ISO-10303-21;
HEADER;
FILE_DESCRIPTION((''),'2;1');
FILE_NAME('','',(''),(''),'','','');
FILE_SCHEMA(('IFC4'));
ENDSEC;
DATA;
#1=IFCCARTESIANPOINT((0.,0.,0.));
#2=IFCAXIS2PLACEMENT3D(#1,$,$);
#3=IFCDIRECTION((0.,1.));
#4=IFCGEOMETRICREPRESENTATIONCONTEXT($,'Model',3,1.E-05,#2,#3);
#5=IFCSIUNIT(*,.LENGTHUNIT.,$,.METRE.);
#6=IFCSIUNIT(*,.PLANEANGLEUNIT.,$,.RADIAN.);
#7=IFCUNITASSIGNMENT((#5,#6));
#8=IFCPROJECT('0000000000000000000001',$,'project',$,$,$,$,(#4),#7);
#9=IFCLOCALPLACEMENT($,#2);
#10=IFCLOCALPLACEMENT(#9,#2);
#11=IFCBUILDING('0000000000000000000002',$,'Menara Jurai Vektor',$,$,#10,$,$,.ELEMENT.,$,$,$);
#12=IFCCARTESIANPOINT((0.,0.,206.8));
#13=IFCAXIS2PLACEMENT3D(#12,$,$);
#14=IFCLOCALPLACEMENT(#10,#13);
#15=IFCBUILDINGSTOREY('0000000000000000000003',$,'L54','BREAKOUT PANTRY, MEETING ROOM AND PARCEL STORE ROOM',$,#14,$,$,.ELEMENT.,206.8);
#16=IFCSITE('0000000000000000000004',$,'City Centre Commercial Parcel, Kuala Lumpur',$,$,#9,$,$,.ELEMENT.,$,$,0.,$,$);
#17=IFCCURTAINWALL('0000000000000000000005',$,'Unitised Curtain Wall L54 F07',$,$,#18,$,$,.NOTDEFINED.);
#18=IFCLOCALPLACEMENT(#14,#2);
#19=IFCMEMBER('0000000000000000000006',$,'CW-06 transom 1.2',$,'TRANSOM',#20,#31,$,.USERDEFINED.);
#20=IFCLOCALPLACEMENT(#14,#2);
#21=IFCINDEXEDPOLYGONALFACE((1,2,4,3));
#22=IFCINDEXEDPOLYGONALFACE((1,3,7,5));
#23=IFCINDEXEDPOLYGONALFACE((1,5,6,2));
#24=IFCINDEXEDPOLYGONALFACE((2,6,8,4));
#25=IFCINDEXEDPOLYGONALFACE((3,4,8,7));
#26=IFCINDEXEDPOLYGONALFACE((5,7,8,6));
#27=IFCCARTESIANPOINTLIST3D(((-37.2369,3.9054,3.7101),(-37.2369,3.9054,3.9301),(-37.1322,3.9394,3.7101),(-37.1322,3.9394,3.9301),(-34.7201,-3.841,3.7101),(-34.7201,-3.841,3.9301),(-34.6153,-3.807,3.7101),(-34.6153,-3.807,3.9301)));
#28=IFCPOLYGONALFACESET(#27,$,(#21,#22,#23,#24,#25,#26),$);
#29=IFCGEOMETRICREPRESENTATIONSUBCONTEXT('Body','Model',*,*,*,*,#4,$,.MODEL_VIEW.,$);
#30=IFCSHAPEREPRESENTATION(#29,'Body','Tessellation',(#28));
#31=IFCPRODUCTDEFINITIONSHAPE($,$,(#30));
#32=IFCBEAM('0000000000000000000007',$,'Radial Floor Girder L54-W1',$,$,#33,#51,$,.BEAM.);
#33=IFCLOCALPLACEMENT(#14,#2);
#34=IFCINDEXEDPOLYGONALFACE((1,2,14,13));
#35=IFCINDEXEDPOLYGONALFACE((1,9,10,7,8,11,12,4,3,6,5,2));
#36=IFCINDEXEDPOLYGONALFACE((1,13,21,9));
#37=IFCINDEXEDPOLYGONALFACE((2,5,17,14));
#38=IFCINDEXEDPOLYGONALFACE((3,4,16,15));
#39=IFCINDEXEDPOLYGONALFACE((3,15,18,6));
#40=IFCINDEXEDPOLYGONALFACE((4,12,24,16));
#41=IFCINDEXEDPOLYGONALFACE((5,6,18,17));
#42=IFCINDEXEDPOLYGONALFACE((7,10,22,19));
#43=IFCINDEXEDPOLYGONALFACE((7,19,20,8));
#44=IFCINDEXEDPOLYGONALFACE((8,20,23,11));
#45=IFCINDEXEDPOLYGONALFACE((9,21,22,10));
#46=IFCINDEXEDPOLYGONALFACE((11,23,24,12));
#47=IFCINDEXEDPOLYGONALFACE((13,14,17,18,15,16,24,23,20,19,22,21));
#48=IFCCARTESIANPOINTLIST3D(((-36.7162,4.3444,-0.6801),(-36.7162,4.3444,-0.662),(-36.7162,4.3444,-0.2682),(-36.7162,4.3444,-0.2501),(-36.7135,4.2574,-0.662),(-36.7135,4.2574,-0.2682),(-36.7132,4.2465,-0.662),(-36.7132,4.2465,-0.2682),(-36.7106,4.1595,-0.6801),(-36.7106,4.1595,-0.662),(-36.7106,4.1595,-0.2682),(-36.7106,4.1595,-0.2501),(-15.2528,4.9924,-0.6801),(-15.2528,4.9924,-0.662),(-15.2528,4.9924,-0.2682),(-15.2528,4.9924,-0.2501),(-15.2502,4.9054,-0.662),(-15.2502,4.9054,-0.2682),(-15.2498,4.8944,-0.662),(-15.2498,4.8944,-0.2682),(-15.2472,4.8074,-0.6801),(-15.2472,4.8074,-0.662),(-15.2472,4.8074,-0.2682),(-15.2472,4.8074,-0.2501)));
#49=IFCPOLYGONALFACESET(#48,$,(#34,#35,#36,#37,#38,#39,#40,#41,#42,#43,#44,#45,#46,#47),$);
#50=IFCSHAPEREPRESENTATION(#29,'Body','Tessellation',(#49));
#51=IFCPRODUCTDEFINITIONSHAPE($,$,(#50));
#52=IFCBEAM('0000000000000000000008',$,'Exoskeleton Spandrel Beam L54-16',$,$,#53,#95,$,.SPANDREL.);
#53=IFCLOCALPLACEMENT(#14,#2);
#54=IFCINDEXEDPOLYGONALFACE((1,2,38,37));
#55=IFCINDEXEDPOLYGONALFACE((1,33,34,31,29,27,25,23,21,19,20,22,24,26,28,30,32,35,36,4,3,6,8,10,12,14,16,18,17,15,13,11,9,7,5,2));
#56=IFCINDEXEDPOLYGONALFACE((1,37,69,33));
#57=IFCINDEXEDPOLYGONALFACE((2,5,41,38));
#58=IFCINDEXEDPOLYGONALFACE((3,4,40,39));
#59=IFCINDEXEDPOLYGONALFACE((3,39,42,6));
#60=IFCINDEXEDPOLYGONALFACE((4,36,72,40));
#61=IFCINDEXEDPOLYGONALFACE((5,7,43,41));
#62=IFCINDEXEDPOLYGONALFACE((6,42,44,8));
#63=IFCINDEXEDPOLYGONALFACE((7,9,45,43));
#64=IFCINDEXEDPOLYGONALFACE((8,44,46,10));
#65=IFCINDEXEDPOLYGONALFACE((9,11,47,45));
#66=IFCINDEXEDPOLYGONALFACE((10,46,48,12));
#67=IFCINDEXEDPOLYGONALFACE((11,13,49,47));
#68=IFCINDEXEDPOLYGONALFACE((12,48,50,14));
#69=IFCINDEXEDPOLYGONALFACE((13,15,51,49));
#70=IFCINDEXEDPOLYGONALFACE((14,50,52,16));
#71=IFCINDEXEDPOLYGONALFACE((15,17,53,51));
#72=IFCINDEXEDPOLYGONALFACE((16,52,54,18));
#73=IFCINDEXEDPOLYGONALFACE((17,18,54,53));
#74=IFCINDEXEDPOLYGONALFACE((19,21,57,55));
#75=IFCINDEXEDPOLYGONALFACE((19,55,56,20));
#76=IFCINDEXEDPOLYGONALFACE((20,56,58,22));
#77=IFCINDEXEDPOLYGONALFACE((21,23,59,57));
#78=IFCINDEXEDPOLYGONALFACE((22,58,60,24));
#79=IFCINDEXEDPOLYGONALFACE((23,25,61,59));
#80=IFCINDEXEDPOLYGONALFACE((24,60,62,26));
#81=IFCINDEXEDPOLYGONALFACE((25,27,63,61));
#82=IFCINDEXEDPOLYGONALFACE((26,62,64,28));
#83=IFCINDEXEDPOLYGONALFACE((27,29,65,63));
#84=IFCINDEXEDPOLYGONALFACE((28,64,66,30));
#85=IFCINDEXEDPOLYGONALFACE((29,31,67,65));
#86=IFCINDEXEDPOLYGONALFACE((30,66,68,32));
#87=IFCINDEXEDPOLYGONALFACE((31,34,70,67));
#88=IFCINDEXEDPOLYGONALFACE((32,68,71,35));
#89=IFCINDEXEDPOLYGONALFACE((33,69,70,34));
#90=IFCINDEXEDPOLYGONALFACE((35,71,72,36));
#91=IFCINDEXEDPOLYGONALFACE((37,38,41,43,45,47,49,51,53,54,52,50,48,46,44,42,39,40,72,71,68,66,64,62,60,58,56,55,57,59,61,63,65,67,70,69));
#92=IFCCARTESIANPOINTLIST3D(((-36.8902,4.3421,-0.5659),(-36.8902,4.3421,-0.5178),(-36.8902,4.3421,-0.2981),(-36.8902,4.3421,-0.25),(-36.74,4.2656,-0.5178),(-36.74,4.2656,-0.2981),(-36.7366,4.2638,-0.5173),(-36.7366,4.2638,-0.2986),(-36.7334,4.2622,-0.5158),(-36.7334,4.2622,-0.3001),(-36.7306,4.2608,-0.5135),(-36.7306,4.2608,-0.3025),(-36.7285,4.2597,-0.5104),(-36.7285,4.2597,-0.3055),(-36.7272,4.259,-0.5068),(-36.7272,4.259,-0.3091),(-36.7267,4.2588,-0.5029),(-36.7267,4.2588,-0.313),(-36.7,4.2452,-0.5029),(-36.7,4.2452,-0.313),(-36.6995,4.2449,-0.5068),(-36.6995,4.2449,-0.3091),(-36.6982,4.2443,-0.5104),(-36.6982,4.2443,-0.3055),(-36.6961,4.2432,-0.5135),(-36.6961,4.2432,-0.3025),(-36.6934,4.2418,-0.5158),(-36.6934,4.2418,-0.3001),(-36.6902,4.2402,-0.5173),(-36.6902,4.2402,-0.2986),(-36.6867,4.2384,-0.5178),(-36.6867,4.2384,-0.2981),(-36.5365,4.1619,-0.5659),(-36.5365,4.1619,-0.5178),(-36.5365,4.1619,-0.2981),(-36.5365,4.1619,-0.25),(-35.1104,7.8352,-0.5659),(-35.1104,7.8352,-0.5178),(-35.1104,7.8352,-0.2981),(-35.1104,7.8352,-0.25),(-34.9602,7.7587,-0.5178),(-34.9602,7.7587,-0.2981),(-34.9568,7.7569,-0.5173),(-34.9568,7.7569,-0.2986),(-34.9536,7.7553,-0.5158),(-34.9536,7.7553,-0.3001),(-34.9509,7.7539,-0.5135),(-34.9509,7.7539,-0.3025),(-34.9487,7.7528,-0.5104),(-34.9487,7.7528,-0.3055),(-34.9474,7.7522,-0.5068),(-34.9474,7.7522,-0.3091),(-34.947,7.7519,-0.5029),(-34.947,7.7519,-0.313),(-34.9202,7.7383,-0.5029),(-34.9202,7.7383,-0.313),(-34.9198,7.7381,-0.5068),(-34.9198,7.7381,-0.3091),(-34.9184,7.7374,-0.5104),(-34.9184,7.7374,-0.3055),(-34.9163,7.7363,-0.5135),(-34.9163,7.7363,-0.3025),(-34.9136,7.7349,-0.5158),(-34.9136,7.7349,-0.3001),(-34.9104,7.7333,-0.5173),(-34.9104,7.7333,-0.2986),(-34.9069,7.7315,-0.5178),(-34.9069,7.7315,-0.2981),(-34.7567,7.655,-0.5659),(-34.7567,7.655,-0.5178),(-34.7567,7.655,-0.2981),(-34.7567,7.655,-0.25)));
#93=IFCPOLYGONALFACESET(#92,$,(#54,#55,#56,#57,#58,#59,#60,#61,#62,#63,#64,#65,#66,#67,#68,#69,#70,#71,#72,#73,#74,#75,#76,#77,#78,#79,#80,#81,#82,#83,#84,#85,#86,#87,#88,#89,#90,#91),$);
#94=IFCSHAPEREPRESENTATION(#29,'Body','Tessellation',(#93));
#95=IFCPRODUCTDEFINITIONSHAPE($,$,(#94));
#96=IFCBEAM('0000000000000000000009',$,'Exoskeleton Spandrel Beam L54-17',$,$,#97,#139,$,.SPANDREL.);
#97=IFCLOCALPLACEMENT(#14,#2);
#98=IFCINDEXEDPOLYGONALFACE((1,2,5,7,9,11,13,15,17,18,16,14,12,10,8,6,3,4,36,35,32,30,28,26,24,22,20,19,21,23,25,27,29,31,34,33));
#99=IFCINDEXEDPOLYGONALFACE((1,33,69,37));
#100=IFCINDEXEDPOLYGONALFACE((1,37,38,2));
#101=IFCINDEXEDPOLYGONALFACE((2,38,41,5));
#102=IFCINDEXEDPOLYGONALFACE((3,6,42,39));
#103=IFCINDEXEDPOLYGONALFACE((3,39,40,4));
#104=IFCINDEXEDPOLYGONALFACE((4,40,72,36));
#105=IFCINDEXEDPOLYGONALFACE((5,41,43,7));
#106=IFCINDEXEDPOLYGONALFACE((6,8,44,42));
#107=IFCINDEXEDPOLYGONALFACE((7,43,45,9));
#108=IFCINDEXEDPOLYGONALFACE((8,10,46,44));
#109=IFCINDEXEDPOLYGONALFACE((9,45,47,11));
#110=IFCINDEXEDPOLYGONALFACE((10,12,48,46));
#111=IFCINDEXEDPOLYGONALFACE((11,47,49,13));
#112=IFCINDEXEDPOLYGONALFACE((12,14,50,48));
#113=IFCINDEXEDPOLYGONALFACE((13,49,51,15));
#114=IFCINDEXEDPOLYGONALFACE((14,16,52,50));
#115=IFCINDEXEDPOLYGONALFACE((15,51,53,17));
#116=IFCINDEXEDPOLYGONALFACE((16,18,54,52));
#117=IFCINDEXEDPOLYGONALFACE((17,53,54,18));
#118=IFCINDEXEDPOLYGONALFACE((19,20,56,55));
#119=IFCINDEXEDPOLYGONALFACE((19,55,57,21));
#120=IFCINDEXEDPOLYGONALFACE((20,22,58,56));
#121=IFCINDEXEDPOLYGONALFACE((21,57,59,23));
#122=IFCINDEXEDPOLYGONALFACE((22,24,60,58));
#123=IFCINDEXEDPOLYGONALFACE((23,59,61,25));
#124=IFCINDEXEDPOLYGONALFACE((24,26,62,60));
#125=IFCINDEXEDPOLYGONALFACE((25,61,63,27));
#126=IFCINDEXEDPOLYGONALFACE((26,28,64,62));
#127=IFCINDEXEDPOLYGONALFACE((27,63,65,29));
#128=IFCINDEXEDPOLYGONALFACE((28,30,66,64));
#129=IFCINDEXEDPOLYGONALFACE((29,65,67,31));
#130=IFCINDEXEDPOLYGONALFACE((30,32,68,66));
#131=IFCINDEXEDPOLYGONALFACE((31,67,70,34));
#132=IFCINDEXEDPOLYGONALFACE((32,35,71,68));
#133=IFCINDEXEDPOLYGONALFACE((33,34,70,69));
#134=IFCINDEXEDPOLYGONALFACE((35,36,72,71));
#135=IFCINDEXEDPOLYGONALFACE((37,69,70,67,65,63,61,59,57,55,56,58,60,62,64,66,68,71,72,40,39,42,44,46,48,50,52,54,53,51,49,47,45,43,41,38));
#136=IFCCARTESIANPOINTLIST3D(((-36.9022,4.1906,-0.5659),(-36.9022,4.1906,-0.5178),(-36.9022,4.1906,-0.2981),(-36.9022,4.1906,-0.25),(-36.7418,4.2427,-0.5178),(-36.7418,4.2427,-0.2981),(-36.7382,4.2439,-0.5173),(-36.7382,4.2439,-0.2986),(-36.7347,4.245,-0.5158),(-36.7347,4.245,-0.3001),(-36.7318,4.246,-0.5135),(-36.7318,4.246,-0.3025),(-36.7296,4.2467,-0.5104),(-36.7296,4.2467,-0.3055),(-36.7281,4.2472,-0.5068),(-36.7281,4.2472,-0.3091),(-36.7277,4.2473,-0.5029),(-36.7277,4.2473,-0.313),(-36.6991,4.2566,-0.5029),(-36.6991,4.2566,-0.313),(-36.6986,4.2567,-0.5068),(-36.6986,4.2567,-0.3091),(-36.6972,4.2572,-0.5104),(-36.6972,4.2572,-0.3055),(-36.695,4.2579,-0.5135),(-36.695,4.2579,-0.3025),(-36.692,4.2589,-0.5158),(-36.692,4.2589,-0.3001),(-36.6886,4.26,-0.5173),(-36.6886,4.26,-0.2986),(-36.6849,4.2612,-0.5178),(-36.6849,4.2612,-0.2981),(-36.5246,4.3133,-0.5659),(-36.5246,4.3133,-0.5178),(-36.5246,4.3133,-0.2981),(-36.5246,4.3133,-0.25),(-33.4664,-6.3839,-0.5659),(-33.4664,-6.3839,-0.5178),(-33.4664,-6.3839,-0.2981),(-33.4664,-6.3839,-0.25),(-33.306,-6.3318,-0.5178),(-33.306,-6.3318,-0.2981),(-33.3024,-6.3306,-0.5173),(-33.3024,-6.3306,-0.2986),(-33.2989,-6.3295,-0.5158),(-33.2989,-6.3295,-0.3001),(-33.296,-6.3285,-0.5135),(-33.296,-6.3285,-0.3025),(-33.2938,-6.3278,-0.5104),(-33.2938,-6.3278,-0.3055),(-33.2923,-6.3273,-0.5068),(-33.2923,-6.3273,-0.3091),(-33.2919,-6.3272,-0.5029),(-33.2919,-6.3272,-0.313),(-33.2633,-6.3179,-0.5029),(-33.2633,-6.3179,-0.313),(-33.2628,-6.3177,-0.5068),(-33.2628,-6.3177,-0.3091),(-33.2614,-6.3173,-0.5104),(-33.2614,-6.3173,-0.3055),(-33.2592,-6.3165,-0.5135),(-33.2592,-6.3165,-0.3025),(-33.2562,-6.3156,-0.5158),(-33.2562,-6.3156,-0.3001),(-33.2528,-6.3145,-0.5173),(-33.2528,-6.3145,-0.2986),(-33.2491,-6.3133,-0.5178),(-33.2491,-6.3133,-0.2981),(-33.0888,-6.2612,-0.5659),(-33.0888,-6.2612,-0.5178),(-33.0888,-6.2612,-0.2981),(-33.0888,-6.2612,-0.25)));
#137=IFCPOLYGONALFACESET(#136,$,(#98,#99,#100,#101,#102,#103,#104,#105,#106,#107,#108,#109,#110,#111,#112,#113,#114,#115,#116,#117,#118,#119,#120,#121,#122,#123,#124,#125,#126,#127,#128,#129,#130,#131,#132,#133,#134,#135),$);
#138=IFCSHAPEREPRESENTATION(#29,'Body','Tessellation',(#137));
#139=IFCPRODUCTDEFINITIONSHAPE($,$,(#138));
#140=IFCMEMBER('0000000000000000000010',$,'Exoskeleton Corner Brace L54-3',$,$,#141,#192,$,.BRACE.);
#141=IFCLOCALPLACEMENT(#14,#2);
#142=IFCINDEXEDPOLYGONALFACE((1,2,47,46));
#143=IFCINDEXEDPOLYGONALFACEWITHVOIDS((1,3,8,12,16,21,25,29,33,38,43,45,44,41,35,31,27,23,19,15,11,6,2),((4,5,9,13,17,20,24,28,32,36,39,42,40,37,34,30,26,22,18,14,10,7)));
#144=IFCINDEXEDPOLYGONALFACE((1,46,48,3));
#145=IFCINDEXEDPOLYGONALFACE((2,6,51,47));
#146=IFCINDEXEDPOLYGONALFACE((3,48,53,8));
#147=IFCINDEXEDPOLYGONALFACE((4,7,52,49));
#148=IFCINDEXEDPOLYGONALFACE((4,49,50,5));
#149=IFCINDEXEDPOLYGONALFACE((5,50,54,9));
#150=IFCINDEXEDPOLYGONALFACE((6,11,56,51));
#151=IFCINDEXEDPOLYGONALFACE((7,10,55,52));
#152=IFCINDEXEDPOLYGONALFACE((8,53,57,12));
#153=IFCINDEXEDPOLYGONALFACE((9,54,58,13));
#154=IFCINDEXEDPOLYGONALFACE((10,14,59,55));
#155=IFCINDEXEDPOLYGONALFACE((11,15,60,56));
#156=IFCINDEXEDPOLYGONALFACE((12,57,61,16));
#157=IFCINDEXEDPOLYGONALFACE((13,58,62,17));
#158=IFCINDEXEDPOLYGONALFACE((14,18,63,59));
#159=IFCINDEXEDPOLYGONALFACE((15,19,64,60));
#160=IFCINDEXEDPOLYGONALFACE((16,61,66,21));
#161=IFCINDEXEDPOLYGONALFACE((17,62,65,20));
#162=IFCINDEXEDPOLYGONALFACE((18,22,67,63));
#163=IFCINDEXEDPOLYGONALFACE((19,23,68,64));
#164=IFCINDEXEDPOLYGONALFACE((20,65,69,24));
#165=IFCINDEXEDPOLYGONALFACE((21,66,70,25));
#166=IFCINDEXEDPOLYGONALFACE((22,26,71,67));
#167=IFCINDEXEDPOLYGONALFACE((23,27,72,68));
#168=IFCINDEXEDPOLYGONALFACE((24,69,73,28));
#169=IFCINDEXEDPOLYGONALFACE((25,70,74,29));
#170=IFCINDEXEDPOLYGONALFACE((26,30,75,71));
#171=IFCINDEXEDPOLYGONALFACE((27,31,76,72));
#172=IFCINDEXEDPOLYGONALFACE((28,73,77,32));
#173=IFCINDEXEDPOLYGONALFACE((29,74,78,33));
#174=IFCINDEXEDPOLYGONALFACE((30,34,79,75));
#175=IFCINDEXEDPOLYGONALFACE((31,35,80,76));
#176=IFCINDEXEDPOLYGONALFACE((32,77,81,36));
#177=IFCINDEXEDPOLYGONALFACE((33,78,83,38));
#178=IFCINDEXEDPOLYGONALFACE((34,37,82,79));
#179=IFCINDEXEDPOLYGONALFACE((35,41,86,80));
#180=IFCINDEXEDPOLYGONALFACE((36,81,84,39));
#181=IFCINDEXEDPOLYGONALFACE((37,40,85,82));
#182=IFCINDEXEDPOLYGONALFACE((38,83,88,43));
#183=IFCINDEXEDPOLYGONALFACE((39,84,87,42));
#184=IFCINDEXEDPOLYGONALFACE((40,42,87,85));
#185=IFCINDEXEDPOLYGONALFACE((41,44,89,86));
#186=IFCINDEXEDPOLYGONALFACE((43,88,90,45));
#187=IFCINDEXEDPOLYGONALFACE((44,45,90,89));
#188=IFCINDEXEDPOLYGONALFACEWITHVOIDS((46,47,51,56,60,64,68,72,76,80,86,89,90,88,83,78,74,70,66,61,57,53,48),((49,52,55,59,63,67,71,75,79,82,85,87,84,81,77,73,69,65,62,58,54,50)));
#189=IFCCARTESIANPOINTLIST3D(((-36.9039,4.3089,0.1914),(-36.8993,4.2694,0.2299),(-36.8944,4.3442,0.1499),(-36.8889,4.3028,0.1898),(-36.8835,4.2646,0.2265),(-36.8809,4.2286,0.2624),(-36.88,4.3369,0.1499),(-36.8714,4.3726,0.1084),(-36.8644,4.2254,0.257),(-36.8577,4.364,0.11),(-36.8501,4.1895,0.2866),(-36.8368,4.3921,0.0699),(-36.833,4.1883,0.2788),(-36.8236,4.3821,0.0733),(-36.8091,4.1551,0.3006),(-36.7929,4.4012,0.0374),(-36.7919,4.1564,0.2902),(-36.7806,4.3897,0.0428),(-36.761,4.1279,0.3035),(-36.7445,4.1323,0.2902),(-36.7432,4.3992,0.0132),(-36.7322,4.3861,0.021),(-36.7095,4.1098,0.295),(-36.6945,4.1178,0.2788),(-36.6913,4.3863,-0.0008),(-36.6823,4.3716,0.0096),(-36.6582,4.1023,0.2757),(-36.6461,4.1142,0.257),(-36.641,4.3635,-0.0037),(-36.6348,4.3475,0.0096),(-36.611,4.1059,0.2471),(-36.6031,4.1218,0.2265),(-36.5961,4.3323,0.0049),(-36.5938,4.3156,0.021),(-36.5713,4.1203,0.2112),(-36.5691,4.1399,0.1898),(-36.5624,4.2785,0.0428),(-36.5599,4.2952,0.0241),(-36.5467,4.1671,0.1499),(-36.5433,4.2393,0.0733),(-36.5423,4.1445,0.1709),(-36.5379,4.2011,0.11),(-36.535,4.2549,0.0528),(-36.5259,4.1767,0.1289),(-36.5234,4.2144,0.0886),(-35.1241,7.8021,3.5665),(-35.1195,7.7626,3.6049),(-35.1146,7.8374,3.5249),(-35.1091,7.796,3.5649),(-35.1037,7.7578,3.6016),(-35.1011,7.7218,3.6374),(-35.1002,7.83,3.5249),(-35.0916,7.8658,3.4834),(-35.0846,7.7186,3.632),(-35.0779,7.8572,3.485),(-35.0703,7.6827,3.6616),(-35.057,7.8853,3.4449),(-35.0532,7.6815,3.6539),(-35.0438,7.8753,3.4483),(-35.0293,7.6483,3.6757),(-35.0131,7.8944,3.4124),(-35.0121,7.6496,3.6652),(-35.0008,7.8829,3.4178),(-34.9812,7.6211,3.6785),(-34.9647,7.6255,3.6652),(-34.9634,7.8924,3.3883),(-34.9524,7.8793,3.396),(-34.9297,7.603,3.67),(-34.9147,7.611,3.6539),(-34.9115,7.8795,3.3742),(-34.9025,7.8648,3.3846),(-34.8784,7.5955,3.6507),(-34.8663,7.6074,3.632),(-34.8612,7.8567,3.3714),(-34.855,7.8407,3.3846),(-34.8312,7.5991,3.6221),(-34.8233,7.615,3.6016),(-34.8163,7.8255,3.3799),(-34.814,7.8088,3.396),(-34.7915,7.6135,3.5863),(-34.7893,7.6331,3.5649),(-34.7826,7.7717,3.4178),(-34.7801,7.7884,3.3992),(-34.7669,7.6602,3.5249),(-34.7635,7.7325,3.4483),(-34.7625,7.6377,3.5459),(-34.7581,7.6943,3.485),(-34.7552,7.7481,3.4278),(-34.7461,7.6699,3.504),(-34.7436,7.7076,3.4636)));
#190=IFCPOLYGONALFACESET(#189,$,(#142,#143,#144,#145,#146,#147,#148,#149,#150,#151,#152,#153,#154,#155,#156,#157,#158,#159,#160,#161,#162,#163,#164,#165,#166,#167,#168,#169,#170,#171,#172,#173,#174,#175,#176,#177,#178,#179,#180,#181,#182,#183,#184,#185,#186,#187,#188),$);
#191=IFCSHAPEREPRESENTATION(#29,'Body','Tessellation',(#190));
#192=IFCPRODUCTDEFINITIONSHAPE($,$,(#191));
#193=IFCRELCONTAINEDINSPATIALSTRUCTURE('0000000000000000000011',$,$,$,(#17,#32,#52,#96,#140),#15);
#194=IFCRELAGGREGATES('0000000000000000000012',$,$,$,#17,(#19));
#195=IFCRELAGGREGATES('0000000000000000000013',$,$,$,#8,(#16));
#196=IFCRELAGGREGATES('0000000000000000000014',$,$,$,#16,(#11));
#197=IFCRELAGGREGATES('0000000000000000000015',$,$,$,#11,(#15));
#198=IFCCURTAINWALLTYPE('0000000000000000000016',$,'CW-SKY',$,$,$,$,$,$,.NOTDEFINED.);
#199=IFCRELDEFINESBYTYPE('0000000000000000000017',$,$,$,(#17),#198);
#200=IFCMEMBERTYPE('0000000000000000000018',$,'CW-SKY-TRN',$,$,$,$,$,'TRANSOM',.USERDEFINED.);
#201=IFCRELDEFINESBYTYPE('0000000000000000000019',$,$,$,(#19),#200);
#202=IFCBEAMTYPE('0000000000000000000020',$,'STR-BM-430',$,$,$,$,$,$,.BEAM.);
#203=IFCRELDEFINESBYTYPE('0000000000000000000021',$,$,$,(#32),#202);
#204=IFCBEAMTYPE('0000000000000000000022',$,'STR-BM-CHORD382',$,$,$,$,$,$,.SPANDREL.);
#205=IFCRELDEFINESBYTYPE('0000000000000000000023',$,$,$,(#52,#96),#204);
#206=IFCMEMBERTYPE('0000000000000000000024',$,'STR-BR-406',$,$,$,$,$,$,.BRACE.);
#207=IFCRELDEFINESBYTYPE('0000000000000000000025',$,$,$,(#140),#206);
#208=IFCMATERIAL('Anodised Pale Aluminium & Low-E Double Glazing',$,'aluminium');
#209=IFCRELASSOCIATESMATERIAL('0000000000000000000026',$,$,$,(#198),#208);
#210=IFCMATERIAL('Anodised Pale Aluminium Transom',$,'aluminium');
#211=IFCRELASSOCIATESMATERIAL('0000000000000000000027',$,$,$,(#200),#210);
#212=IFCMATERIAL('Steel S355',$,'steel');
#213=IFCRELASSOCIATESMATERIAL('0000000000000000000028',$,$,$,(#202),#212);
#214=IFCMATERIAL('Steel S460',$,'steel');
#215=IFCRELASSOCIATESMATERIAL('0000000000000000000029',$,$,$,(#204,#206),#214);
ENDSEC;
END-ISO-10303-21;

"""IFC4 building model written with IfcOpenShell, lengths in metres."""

from ifc_helpers import new_model, si_unit, direction, frame, origin, origin_2d, place, context, subcontext, project, spatial, rectangle, hollow_circle, i_section, extrude, material, material_profile, profile_set, type_object, element, aggregate, save


model = new_model("IFC4")

# Units and contexts
model_context = context("Model", 3, precision=1e-05, world=origin(), true_north=direction((0.0, 1.0)))
body_context = subcontext(model_context, "Body", "Model", "MODEL_VIEW")
ifc_project = project(units=[si_unit("LENGTHUNIT", "METRE"), si_unit("PLANEANGLEUNIT", "RADIAN")], contexts=[model_context])

# Site, building, storey
site_placement = place(None, origin())
site = spatial("IfcSite", under=ifc_project, at=site_placement, Name="City Centre Commercial Parcel, Kuala Lumpur", CompositionType="ELEMENT", RefElevation=0.0)
building_placement = place(site_placement, origin())
building = spatial("IfcBuilding", under=site, at=building_placement, Name="Menara Jurai Vektor", CompositionType="ELEMENT")
storey_placement = place(building_placement, frame((0.0, 0.0, 206.8)))
storey = spatial("IfcBuildingStorey", under=building, at=storey_placement, Name="L54", Description="BREAKOUT PANTRY, MEETING ROOM AND PARCEL STORE ROOM", CompositionType="ELEMENT", Elevation=206.8)

# Shared definitions
ifc_material_1 = material(Name="Steel S460", Category="steel")

# Shared definitions
ifc_material_2 = material(Name="Anodised Pale Aluminium & Low-E Double Glazing", Category="aluminium")
curtain_wall_type = type_object("IfcCurtainWallType", Name="CW-SKY", PredefinedType="NOTDEFINED", material=ifc_material_2)

# Curtain wall
curtain_wall_1_placement = place(storey_placement, origin())
curtain_wall_1 = element("IfcCurtainWall", 1, at=curtain_wall_1_placement, inside=storey, type_object=curtain_wall_type, Name="Unitised Curtain Wall L54 F07", PredefinedType="NOTDEFINED")

# Member
ifc_material_3 = material(Name="Anodised Pale Aluminium Transom", Category="aluminium")
ifc_material_profile_1 = material_profile(ifc_material_3, rectangle(XDim=0.1101, YDim=0.22, at=origin_2d()), Name="ALU TRN 110x220")
ifc_profile_set_1 = profile_set([ifc_material_profile_1], Name="Anodised Pale Aluminium Transom")
member_type_1 = type_object("IfcMemberType", Name="CW-SKY-TRN", ElementType="TRANSOM", PredefinedType="USERDEFINED", material=ifc_profile_set_1)
member_1_placement = place(storey_placement, frame((-37.1846, 3.9224, 3.8201), z_axis=(0.309007, -0.95106, 0.0), x_axis=(0.95106, 0.309007, 0.0)))
member_1 = element("IfcMember", 2, at=member_1_placement, type_object=member_type_1, Name="CW-06 transom 1.2", ObjectType="TRANSOM", PredefinedType="USERDEFINED", context=body_context, shape_type="SweptSolid", body=[
    extrude(rectangle(XDim=0.1101, YDim=0.22, at=origin_2d()), origin(), (0.0, 0.0, 1.0), 8.145),
])

# Beams
ifc_material_4 = material(Name="Steel S355", Category="steel")
ifc_material_profile_2 = material_profile(ifc_material_4, i_section(OverallWidth=0.1851, OverallDepth=0.4299, WebThickness=0.011, FlangeThickness=0.0181, at=origin_2d()), Name="PG 430x185x76")
ifc_profile_set_2 = profile_set([ifc_material_profile_2], Name="Steel S355")
beam_type_1 = type_object("IfcBeamType", Name="STR-BM-430", PredefinedType="BEAM", material=ifc_profile_set_2)
beam_1_placement = place(storey_placement, frame((-36.7134, 4.252, -0.4651), z_axis=(0.999545, 0.030175, 0.0), x_axis=(-0.030175, 0.999545, 0.0)))
element("IfcBeam", 3, at=beam_1_placement, inside=storey, type_object=beam_type_1, Name="Radial Floor Girder L54-W1", PredefinedType="BEAM", context=body_context, shape_type="SweptSolid", body=[
    extrude(i_section(OverallWidth=0.1851, OverallDepth=0.4299, WebThickness=0.011, FlangeThickness=0.0181, at=origin_2d()), origin(), (0.0, 0.0, 1.0), 21.4731),
])
ifc_material_profile_3 = material_profile(ifc_material_1, i_section(OverallWidth=0.397, OverallDepth=0.3159, WebThickness=0.03, FlangeThickness=0.0481, FilletRadius=0.0149, at=origin_2d()), Name="HD 400x382")
ifc_profile_set_3 = profile_set([ifc_material_profile_3], Name="Steel S460")
beam_type_2 = type_object("IfcBeamType", Name="STR-BM-CHORD382", PredefinedType="SPANDREL", material=ifc_profile_set_3)
beam_2_placement = place(storey_placement, frame((-34.9336, 7.7451, -0.408), z_axis=(-0.453976, -0.891014, 0.0), x_axis=(0.891014, -0.453976, 0.0)))
element("IfcBeam", 4, at=beam_2_placement, inside=storey, type_object=beam_type_2, Name="Exoskeleton Spandrel Beam L54-16", PredefinedType="SPANDREL", context=body_context, shape_type="SweptSolid", body=[
    extrude(i_section(OverallWidth=0.397, OverallDepth=0.3159, WebThickness=0.03, FlangeThickness=0.0481, FilletRadius=0.0149, at=origin_2d()), origin(), (0.0, 0.0, 1.0), 3.9204),
])
beam_3_placement = place(storey_placement, frame((-36.7134, 4.252, -0.408), z_axis=(0.309012, -0.951058, 0.0), x_axis=(0.951058, 0.309012, 0.0)))
element("IfcBeam", 5, at=beam_3_placement, inside=storey, type_object=beam_type_2, Name="Exoskeleton Spandrel Beam L54-17", PredefinedType="SPANDREL", context=body_context, shape_type="SweptSolid", body=[
    extrude(i_section(OverallWidth=0.397, OverallDepth=0.3159, WebThickness=0.03, FlangeThickness=0.0481, FilletRadius=0.0149, at=origin_2d()), origin(), (0.0, 0.0, 1.0), 11.1187),
])

# Member
ifc_material_profile_4 = material_profile(ifc_material_1, hollow_circle(Radius=0.2031, WallThickness=0.0161, at=origin_2d()), Name="CHS 406.4x16")
ifc_profile_set_4 = profile_set([ifc_material_profile_4], Name="Steel S460")
member_type_2 = type_object("IfcMemberType", Name="STR-BR-406", PredefinedType="BRACE", material=ifc_profile_set_4)
member_2_placement = place(storey_placement, frame((-36.7134, 4.252, 0.1499), z_axis=(0.344049, 0.675262, 0.65242), x_axis=(-0.891014, 0.453976, 0.0)))
element("IfcMember", 6, at=member_2_placement, inside=storey, type_object=member_type_2, Name="Exoskeleton Corner Brace L54-3", PredefinedType="BRACE", context=body_context, shape_type="SweptSolid", body=[
    extrude(hollow_circle(Radius=0.2031, WallThickness=0.0161, at=origin_2d()), origin(), (0.0, 0.0, 1.0), 5.1731),
])

aggregate(curtain_wall_1, [member_1])

save(model, "model.ifc")
